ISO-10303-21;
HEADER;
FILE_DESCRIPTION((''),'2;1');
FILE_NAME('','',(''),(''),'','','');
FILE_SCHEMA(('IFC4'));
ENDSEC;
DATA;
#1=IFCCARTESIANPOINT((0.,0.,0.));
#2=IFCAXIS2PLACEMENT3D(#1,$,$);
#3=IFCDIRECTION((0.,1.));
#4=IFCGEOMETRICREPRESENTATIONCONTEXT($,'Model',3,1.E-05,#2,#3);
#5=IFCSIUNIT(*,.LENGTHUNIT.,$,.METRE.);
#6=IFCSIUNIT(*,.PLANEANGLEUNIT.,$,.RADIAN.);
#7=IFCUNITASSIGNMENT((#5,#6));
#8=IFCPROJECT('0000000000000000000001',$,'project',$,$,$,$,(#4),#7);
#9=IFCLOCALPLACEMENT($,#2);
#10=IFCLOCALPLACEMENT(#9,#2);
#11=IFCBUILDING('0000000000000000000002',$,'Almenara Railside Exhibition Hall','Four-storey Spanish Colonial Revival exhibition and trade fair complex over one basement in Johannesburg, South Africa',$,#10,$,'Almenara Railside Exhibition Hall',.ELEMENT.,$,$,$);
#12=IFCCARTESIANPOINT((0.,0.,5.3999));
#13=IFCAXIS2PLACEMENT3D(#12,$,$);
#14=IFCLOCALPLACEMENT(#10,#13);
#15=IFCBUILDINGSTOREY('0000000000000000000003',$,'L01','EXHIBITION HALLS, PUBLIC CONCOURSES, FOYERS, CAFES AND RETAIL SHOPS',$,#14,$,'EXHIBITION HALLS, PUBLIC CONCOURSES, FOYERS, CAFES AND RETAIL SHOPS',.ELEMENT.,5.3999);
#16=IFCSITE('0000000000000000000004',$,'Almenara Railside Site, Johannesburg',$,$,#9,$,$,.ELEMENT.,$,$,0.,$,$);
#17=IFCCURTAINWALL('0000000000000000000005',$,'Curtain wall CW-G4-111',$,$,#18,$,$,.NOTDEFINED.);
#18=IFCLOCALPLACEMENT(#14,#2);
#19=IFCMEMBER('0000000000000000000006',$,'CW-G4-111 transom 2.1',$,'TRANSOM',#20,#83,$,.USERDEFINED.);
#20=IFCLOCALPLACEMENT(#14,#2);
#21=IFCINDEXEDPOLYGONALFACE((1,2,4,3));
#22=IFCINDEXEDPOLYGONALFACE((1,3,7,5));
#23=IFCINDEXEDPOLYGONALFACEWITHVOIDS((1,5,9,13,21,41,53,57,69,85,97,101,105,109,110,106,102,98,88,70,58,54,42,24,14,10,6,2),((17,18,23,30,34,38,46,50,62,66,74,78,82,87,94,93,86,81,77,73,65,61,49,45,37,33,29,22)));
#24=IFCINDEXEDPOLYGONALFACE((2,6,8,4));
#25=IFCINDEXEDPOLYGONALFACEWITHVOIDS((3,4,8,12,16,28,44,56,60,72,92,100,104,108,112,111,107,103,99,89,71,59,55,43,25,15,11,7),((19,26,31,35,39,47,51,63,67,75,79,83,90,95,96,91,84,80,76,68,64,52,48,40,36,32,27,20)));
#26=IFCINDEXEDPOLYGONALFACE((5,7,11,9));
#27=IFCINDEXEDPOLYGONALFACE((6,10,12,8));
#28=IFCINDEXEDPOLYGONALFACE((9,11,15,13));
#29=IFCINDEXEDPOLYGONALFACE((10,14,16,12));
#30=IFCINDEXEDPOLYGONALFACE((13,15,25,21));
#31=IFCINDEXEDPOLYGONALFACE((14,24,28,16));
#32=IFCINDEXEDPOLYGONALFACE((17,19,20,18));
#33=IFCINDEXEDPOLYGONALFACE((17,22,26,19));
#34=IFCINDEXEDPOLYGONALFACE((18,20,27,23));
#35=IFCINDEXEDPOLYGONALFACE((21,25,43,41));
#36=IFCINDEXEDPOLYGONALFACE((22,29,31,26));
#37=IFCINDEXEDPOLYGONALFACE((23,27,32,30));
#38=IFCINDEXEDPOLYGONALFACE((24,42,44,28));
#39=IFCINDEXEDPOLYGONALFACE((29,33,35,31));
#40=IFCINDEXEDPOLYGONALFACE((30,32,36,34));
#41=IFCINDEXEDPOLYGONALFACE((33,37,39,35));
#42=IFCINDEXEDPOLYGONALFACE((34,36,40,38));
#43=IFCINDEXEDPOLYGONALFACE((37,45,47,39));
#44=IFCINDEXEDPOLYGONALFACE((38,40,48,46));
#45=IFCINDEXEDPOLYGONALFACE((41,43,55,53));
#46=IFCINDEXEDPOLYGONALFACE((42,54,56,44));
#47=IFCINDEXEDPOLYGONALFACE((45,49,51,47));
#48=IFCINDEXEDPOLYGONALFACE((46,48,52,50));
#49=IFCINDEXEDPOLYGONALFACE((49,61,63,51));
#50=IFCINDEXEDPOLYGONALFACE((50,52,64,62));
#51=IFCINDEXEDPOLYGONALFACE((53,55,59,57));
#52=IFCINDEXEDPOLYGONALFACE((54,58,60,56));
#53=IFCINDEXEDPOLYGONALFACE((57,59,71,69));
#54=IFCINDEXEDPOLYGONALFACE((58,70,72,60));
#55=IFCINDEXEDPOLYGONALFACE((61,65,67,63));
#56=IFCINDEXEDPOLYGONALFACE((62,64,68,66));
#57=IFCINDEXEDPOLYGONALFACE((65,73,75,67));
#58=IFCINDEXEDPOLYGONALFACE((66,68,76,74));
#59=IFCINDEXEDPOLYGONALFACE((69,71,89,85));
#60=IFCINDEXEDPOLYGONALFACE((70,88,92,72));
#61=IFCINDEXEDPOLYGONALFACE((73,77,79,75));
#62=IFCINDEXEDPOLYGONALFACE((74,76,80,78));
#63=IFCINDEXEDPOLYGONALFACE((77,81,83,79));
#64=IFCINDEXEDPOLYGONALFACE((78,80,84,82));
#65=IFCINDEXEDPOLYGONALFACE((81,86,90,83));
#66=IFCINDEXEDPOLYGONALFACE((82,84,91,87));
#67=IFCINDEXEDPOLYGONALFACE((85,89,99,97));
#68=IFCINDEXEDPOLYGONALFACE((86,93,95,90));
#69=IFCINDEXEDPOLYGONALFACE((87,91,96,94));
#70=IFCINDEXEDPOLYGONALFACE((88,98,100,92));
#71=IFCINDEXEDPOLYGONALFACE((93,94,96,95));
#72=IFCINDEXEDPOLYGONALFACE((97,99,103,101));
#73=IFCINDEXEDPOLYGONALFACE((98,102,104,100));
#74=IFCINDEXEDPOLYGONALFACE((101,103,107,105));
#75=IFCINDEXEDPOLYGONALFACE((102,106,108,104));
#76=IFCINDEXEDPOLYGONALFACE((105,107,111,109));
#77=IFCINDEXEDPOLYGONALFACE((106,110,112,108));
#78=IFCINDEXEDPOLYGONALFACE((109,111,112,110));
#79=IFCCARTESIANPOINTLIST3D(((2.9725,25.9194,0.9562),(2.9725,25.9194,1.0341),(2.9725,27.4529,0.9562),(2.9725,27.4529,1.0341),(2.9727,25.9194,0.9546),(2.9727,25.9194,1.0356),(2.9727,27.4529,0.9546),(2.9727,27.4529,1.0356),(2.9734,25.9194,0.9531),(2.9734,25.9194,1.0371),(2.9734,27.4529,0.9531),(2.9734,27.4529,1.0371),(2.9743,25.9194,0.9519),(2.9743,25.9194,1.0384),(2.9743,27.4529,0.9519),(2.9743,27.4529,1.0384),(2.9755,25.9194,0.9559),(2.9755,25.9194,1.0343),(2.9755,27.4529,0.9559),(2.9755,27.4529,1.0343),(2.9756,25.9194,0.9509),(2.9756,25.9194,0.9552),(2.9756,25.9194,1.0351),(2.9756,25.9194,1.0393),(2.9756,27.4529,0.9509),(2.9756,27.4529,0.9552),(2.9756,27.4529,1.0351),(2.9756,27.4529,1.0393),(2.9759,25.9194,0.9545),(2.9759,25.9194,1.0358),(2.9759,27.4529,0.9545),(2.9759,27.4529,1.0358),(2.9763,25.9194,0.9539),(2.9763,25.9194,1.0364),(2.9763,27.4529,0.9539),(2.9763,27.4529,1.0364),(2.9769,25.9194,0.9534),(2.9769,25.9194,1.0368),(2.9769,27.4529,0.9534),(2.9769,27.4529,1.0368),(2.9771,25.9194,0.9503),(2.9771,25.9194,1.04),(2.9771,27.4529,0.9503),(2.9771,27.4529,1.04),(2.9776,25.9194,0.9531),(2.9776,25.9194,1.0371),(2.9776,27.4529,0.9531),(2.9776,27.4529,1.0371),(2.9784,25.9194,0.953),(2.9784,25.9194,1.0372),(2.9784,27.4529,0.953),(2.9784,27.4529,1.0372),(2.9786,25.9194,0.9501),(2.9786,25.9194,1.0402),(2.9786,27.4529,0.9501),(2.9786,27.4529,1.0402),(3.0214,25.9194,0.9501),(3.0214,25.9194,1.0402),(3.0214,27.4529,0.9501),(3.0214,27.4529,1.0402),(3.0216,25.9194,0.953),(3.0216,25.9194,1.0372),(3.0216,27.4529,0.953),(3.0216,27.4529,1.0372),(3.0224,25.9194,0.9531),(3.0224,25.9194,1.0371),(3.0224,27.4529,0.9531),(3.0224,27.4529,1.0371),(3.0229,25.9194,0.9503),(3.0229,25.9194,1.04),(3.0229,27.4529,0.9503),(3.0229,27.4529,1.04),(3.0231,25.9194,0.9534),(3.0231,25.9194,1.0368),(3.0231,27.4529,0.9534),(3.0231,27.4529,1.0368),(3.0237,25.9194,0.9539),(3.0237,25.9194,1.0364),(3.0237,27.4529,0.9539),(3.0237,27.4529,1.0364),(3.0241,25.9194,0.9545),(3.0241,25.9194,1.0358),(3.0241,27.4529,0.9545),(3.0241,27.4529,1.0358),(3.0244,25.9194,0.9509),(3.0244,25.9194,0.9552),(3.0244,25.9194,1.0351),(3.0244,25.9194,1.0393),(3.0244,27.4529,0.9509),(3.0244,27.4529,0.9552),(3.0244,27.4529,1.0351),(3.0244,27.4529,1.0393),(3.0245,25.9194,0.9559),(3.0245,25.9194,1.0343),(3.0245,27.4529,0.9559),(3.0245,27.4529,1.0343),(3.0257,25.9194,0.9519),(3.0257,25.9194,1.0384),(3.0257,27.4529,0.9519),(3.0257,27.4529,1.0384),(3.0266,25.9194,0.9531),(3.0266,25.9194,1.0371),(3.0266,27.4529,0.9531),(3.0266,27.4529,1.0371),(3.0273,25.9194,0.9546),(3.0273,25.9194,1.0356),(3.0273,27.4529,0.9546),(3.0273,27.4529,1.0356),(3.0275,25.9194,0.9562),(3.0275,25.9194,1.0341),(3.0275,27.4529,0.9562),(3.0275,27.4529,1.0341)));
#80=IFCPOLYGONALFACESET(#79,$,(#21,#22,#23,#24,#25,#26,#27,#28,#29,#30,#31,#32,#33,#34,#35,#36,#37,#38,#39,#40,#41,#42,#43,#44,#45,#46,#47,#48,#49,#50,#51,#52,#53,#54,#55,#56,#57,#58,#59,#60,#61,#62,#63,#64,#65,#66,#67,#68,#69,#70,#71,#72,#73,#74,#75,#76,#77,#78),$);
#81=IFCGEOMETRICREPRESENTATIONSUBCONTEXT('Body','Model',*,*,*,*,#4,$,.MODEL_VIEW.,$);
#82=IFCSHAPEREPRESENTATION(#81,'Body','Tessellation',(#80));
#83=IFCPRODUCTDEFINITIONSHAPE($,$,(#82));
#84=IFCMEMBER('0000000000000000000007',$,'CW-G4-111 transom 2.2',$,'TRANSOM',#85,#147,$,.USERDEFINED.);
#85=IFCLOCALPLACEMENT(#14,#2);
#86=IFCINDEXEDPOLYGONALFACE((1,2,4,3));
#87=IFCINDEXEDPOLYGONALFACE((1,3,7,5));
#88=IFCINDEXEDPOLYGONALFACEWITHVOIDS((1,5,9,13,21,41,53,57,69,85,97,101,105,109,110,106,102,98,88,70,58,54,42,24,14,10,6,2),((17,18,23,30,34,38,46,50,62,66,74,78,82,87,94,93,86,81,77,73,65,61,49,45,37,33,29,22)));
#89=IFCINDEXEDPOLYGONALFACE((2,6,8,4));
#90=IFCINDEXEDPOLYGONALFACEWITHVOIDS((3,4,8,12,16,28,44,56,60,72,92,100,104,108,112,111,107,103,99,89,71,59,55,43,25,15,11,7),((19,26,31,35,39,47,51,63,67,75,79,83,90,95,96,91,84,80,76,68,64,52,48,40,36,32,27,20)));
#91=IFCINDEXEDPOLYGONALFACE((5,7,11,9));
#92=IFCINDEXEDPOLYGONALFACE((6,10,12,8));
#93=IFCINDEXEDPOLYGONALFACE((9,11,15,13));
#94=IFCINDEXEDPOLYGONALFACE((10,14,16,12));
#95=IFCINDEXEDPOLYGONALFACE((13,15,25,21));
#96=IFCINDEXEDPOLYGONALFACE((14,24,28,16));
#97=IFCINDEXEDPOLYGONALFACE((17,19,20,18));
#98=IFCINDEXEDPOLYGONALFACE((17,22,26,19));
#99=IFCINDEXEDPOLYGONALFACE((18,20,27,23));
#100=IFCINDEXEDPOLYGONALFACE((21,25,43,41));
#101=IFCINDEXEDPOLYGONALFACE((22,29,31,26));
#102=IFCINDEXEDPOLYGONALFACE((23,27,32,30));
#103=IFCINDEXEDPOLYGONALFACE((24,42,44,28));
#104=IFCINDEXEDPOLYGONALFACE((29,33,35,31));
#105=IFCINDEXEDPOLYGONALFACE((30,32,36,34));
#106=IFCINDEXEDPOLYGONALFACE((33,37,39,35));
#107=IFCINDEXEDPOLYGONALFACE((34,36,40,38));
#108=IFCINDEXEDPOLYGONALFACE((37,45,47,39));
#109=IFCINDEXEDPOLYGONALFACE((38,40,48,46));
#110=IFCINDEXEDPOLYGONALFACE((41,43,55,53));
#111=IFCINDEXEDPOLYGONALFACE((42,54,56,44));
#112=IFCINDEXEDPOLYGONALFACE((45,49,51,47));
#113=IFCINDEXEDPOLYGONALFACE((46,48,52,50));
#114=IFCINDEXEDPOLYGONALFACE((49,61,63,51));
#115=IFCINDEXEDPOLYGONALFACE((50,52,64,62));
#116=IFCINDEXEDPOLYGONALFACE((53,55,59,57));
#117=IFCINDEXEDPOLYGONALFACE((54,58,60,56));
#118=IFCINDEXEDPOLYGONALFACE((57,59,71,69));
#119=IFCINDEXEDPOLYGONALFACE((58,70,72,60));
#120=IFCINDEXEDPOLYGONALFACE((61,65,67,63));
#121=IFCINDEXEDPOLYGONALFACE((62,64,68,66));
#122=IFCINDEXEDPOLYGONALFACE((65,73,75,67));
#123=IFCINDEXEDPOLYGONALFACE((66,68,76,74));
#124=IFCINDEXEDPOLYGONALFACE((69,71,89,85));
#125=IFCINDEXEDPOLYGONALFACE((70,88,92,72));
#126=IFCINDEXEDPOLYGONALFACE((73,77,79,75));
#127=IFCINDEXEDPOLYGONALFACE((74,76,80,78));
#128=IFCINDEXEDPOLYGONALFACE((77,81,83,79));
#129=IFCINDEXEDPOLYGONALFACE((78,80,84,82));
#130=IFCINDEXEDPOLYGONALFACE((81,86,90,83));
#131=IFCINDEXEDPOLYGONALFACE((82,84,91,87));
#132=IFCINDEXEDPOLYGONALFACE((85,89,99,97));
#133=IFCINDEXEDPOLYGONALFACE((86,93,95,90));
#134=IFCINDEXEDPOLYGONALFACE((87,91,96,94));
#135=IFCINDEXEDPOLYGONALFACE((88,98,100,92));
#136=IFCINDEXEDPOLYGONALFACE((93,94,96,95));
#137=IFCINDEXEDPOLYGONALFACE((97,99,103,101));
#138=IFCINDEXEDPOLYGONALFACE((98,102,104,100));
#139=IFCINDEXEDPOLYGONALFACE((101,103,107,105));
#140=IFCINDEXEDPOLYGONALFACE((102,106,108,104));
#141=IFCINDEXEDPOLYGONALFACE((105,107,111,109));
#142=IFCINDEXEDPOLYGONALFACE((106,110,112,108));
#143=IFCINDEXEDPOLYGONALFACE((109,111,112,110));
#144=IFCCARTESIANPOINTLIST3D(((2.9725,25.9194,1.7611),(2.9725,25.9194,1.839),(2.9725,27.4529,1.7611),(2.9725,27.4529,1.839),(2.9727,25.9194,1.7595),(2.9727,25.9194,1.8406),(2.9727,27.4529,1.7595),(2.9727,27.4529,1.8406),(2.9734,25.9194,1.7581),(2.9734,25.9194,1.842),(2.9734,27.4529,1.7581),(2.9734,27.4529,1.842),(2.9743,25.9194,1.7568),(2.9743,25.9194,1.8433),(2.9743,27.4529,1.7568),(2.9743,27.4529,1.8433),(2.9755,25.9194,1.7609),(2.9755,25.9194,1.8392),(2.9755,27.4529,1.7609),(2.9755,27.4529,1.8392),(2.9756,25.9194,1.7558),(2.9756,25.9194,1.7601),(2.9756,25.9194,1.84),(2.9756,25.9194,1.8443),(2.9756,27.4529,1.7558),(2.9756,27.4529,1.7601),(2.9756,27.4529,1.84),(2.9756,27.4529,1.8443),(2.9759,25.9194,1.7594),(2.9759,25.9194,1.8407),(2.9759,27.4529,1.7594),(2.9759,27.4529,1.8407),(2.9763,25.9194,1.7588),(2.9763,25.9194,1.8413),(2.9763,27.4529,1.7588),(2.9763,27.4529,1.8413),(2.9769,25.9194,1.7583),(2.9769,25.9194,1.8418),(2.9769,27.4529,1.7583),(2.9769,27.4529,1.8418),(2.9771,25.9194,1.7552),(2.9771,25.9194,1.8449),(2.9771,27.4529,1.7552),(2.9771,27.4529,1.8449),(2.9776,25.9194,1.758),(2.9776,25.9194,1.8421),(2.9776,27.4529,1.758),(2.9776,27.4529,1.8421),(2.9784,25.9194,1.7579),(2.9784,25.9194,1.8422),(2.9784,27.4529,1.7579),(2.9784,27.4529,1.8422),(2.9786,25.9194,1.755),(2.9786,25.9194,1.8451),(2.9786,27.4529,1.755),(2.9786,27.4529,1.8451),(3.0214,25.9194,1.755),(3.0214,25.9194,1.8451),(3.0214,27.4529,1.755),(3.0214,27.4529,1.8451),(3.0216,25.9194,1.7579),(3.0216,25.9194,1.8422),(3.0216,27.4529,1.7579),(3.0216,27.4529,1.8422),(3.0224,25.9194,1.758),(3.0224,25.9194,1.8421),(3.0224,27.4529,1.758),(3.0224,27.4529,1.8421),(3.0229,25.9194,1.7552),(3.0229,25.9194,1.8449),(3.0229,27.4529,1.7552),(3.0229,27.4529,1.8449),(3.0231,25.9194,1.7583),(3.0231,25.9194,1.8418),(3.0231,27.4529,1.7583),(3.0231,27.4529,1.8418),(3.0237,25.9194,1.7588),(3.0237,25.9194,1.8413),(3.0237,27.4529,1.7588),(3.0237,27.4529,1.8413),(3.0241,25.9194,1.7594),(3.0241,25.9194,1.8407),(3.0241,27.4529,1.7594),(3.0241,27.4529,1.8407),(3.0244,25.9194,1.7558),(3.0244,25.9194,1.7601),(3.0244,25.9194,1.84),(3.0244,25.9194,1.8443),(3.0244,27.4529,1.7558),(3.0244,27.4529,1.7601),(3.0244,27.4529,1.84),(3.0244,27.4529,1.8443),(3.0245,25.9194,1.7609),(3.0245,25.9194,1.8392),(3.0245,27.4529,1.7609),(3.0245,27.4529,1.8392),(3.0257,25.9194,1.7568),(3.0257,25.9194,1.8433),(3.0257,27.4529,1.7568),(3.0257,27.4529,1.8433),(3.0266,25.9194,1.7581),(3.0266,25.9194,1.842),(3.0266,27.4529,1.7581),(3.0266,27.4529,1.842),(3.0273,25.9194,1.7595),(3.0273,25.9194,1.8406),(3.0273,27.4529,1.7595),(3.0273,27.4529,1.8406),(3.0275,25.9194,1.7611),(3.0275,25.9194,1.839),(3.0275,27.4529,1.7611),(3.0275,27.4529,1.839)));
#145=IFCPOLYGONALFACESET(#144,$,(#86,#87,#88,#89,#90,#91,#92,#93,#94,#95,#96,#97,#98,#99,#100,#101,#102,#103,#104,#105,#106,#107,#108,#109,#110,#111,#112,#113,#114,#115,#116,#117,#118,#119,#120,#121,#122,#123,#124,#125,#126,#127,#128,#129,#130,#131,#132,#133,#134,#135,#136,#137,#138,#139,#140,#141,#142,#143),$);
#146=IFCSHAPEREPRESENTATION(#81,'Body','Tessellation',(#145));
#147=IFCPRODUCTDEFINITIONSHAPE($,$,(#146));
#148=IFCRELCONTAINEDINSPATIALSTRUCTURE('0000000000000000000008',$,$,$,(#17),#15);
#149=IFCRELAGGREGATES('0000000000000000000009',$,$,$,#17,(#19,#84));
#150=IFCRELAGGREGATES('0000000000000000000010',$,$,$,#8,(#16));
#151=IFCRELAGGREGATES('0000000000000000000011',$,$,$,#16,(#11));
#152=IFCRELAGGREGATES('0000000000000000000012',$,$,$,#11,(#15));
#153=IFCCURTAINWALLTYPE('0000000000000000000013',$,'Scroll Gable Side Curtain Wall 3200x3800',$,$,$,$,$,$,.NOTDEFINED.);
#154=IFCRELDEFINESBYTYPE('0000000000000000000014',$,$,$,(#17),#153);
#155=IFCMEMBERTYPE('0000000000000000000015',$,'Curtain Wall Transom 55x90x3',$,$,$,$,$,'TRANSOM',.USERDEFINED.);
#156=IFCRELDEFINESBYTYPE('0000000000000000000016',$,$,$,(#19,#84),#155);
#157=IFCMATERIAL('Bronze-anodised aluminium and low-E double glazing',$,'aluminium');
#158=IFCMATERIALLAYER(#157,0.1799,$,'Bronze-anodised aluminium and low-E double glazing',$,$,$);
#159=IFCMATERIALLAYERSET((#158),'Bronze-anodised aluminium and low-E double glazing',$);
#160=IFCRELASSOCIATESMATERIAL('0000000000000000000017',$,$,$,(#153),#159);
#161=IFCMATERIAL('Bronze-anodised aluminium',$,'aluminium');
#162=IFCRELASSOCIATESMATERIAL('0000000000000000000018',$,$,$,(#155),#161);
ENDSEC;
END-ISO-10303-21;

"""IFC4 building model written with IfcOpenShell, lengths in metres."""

from ifc_helpers import new_model, si_unit, direction, frame, origin, origin_2d, place, context, subcontext, project, spatial, hollow_rectangle, extrude, material, layer, layer_set, material_profile, profile_set, type_object, element, aggregate, save


model = new_model("IFC4")

# Units and contexts
model_context = context("Model", 3, precision=1e-05, world=origin(), true_north=direction((0.0, 1.0)))
body_context = subcontext(model_context, "Body", "Model", "MODEL_VIEW")
ifc_project = project(units=[si_unit("LENGTHUNIT", "METRE"), si_unit("PLANEANGLEUNIT", "RADIAN")], contexts=[model_context])

# Site, building, storey
site_placement = place(None, origin())
site = spatial("IfcSite", under=ifc_project, at=site_placement, Name="Almenara Railside Site, Johannesburg", CompositionType="ELEMENT", RefElevation=0.0)
building_placement = place(site_placement, origin())
building = spatial("IfcBuilding", under=site, at=building_placement, Name="Almenara Railside Exhibition Hall", Description="Four-storey Spanish Colonial Revival exhibition and trade fair complex over one basement in Johannesburg, South Africa", LongName="Almenara Railside Exhibition Hall", CompositionType="ELEMENT")
storey_placement = place(building_placement, frame((0.0, 0.0, 5.3999)))
storey = spatial("IfcBuildingStorey", under=building, at=storey_placement, Name="L01", Description="EXHIBITION HALLS, PUBLIC CONCOURSES, FOYERS, CAFES AND RETAIL SHOPS", LongName="EXHIBITION HALLS, PUBLIC CONCOURSES, FOYERS, CAFES AND RETAIL SHOPS", CompositionType="ELEMENT", Elevation=5.3999)

# Curtain wall
ifc_material_1 = material(Name="Bronze-anodised aluminium and low-E double glazing", Category="aluminium")
ifc_layer_1 = layer(ifc_material_1, 0.1799, Name="Bronze-anodised aluminium and low-E double glazing")
ifc_layer_set_1 = layer_set([ifc_layer_1], Name="Bronze-anodised aluminium and low-E double glazing")
curtain_wall_type = type_object("IfcCurtainWallType", Name="Scroll Gable Side Curtain Wall 3200x3800", PredefinedType="NOTDEFINED", material=ifc_layer_set_1)
curtain_wall_1_placement = place(storey_placement, origin())
curtain_wall_1 = element("IfcCurtainWall", 1, at=curtain_wall_1_placement, inside=storey, type_object=curtain_wall_type, Name="Curtain wall CW-G4-111", PredefinedType="NOTDEFINED")
ifc_material_2 = material(Name="Bronze-anodised aluminium", Category="aluminium")

# Members
ifc_material_profile_1 = material_profile(ifc_material_2, hollow_rectangle(XDim=0.0549, YDim=0.0901, WallThickness=0.0029, InnerFilletRadius=0.0029, OuterFilletRadius=0.0061, at=origin_2d()), Name="ALU-TRN 55x90x3")
ifc_profile_set_1 = profile_set([ifc_material_profile_1], Name="Bronze-anodised aluminium")
member_type_1 = type_object("IfcMemberType", Name="Curtain Wall Transom 55x90x3", ElementType="TRANSOM", PredefinedType="USERDEFINED", material=ifc_profile_set_1)
member_1_placement = place(storey_placement, frame((3.0, 25.9194, 0.9951), z_axis=(0.0, 1.0, 0.0), x_axis=(-1.0, 0.0, 0.0)))
member_1 = element("IfcMember", 2, at=member_1_placement, type_object=member_type_1, Name="CW-G4-111 transom 2.1", ObjectType="TRANSOM", PredefinedType="USERDEFINED", context=body_context, shape_type="SweptSolid", body=[
    extrude(hollow_rectangle(XDim=0.0549, YDim=0.0901, WallThickness=0.0029, InnerFilletRadius=0.0029, OuterFilletRadius=0.0061, at=origin_2d()), origin(), (0.0, 0.0, 1.0), 1.5334),
])
member_2_placement = place(storey_placement, frame((3.0, 25.9194, 1.8), z_axis=(0.0, 1.0, 0.0), x_axis=(-1.0, 0.0, 0.0)))
member_2 = element("IfcMember", 3, at=member_2_placement, type_object=member_type_1, Name="CW-G4-111 transom 2.2", ObjectType="TRANSOM", PredefinedType="USERDEFINED", context=body_context, shape_type="SweptSolid", body=[
    extrude(hollow_rectangle(XDim=0.0549, YDim=0.0901, WallThickness=0.0029, InnerFilletRadius=0.0029, OuterFilletRadius=0.0061, at=origin_2d()), origin(), (0.0, 0.0, 1.0), 1.5334),
])

aggregate(curtain_wall_1, [member_1, member_2])

save(model, "model.ifc")
